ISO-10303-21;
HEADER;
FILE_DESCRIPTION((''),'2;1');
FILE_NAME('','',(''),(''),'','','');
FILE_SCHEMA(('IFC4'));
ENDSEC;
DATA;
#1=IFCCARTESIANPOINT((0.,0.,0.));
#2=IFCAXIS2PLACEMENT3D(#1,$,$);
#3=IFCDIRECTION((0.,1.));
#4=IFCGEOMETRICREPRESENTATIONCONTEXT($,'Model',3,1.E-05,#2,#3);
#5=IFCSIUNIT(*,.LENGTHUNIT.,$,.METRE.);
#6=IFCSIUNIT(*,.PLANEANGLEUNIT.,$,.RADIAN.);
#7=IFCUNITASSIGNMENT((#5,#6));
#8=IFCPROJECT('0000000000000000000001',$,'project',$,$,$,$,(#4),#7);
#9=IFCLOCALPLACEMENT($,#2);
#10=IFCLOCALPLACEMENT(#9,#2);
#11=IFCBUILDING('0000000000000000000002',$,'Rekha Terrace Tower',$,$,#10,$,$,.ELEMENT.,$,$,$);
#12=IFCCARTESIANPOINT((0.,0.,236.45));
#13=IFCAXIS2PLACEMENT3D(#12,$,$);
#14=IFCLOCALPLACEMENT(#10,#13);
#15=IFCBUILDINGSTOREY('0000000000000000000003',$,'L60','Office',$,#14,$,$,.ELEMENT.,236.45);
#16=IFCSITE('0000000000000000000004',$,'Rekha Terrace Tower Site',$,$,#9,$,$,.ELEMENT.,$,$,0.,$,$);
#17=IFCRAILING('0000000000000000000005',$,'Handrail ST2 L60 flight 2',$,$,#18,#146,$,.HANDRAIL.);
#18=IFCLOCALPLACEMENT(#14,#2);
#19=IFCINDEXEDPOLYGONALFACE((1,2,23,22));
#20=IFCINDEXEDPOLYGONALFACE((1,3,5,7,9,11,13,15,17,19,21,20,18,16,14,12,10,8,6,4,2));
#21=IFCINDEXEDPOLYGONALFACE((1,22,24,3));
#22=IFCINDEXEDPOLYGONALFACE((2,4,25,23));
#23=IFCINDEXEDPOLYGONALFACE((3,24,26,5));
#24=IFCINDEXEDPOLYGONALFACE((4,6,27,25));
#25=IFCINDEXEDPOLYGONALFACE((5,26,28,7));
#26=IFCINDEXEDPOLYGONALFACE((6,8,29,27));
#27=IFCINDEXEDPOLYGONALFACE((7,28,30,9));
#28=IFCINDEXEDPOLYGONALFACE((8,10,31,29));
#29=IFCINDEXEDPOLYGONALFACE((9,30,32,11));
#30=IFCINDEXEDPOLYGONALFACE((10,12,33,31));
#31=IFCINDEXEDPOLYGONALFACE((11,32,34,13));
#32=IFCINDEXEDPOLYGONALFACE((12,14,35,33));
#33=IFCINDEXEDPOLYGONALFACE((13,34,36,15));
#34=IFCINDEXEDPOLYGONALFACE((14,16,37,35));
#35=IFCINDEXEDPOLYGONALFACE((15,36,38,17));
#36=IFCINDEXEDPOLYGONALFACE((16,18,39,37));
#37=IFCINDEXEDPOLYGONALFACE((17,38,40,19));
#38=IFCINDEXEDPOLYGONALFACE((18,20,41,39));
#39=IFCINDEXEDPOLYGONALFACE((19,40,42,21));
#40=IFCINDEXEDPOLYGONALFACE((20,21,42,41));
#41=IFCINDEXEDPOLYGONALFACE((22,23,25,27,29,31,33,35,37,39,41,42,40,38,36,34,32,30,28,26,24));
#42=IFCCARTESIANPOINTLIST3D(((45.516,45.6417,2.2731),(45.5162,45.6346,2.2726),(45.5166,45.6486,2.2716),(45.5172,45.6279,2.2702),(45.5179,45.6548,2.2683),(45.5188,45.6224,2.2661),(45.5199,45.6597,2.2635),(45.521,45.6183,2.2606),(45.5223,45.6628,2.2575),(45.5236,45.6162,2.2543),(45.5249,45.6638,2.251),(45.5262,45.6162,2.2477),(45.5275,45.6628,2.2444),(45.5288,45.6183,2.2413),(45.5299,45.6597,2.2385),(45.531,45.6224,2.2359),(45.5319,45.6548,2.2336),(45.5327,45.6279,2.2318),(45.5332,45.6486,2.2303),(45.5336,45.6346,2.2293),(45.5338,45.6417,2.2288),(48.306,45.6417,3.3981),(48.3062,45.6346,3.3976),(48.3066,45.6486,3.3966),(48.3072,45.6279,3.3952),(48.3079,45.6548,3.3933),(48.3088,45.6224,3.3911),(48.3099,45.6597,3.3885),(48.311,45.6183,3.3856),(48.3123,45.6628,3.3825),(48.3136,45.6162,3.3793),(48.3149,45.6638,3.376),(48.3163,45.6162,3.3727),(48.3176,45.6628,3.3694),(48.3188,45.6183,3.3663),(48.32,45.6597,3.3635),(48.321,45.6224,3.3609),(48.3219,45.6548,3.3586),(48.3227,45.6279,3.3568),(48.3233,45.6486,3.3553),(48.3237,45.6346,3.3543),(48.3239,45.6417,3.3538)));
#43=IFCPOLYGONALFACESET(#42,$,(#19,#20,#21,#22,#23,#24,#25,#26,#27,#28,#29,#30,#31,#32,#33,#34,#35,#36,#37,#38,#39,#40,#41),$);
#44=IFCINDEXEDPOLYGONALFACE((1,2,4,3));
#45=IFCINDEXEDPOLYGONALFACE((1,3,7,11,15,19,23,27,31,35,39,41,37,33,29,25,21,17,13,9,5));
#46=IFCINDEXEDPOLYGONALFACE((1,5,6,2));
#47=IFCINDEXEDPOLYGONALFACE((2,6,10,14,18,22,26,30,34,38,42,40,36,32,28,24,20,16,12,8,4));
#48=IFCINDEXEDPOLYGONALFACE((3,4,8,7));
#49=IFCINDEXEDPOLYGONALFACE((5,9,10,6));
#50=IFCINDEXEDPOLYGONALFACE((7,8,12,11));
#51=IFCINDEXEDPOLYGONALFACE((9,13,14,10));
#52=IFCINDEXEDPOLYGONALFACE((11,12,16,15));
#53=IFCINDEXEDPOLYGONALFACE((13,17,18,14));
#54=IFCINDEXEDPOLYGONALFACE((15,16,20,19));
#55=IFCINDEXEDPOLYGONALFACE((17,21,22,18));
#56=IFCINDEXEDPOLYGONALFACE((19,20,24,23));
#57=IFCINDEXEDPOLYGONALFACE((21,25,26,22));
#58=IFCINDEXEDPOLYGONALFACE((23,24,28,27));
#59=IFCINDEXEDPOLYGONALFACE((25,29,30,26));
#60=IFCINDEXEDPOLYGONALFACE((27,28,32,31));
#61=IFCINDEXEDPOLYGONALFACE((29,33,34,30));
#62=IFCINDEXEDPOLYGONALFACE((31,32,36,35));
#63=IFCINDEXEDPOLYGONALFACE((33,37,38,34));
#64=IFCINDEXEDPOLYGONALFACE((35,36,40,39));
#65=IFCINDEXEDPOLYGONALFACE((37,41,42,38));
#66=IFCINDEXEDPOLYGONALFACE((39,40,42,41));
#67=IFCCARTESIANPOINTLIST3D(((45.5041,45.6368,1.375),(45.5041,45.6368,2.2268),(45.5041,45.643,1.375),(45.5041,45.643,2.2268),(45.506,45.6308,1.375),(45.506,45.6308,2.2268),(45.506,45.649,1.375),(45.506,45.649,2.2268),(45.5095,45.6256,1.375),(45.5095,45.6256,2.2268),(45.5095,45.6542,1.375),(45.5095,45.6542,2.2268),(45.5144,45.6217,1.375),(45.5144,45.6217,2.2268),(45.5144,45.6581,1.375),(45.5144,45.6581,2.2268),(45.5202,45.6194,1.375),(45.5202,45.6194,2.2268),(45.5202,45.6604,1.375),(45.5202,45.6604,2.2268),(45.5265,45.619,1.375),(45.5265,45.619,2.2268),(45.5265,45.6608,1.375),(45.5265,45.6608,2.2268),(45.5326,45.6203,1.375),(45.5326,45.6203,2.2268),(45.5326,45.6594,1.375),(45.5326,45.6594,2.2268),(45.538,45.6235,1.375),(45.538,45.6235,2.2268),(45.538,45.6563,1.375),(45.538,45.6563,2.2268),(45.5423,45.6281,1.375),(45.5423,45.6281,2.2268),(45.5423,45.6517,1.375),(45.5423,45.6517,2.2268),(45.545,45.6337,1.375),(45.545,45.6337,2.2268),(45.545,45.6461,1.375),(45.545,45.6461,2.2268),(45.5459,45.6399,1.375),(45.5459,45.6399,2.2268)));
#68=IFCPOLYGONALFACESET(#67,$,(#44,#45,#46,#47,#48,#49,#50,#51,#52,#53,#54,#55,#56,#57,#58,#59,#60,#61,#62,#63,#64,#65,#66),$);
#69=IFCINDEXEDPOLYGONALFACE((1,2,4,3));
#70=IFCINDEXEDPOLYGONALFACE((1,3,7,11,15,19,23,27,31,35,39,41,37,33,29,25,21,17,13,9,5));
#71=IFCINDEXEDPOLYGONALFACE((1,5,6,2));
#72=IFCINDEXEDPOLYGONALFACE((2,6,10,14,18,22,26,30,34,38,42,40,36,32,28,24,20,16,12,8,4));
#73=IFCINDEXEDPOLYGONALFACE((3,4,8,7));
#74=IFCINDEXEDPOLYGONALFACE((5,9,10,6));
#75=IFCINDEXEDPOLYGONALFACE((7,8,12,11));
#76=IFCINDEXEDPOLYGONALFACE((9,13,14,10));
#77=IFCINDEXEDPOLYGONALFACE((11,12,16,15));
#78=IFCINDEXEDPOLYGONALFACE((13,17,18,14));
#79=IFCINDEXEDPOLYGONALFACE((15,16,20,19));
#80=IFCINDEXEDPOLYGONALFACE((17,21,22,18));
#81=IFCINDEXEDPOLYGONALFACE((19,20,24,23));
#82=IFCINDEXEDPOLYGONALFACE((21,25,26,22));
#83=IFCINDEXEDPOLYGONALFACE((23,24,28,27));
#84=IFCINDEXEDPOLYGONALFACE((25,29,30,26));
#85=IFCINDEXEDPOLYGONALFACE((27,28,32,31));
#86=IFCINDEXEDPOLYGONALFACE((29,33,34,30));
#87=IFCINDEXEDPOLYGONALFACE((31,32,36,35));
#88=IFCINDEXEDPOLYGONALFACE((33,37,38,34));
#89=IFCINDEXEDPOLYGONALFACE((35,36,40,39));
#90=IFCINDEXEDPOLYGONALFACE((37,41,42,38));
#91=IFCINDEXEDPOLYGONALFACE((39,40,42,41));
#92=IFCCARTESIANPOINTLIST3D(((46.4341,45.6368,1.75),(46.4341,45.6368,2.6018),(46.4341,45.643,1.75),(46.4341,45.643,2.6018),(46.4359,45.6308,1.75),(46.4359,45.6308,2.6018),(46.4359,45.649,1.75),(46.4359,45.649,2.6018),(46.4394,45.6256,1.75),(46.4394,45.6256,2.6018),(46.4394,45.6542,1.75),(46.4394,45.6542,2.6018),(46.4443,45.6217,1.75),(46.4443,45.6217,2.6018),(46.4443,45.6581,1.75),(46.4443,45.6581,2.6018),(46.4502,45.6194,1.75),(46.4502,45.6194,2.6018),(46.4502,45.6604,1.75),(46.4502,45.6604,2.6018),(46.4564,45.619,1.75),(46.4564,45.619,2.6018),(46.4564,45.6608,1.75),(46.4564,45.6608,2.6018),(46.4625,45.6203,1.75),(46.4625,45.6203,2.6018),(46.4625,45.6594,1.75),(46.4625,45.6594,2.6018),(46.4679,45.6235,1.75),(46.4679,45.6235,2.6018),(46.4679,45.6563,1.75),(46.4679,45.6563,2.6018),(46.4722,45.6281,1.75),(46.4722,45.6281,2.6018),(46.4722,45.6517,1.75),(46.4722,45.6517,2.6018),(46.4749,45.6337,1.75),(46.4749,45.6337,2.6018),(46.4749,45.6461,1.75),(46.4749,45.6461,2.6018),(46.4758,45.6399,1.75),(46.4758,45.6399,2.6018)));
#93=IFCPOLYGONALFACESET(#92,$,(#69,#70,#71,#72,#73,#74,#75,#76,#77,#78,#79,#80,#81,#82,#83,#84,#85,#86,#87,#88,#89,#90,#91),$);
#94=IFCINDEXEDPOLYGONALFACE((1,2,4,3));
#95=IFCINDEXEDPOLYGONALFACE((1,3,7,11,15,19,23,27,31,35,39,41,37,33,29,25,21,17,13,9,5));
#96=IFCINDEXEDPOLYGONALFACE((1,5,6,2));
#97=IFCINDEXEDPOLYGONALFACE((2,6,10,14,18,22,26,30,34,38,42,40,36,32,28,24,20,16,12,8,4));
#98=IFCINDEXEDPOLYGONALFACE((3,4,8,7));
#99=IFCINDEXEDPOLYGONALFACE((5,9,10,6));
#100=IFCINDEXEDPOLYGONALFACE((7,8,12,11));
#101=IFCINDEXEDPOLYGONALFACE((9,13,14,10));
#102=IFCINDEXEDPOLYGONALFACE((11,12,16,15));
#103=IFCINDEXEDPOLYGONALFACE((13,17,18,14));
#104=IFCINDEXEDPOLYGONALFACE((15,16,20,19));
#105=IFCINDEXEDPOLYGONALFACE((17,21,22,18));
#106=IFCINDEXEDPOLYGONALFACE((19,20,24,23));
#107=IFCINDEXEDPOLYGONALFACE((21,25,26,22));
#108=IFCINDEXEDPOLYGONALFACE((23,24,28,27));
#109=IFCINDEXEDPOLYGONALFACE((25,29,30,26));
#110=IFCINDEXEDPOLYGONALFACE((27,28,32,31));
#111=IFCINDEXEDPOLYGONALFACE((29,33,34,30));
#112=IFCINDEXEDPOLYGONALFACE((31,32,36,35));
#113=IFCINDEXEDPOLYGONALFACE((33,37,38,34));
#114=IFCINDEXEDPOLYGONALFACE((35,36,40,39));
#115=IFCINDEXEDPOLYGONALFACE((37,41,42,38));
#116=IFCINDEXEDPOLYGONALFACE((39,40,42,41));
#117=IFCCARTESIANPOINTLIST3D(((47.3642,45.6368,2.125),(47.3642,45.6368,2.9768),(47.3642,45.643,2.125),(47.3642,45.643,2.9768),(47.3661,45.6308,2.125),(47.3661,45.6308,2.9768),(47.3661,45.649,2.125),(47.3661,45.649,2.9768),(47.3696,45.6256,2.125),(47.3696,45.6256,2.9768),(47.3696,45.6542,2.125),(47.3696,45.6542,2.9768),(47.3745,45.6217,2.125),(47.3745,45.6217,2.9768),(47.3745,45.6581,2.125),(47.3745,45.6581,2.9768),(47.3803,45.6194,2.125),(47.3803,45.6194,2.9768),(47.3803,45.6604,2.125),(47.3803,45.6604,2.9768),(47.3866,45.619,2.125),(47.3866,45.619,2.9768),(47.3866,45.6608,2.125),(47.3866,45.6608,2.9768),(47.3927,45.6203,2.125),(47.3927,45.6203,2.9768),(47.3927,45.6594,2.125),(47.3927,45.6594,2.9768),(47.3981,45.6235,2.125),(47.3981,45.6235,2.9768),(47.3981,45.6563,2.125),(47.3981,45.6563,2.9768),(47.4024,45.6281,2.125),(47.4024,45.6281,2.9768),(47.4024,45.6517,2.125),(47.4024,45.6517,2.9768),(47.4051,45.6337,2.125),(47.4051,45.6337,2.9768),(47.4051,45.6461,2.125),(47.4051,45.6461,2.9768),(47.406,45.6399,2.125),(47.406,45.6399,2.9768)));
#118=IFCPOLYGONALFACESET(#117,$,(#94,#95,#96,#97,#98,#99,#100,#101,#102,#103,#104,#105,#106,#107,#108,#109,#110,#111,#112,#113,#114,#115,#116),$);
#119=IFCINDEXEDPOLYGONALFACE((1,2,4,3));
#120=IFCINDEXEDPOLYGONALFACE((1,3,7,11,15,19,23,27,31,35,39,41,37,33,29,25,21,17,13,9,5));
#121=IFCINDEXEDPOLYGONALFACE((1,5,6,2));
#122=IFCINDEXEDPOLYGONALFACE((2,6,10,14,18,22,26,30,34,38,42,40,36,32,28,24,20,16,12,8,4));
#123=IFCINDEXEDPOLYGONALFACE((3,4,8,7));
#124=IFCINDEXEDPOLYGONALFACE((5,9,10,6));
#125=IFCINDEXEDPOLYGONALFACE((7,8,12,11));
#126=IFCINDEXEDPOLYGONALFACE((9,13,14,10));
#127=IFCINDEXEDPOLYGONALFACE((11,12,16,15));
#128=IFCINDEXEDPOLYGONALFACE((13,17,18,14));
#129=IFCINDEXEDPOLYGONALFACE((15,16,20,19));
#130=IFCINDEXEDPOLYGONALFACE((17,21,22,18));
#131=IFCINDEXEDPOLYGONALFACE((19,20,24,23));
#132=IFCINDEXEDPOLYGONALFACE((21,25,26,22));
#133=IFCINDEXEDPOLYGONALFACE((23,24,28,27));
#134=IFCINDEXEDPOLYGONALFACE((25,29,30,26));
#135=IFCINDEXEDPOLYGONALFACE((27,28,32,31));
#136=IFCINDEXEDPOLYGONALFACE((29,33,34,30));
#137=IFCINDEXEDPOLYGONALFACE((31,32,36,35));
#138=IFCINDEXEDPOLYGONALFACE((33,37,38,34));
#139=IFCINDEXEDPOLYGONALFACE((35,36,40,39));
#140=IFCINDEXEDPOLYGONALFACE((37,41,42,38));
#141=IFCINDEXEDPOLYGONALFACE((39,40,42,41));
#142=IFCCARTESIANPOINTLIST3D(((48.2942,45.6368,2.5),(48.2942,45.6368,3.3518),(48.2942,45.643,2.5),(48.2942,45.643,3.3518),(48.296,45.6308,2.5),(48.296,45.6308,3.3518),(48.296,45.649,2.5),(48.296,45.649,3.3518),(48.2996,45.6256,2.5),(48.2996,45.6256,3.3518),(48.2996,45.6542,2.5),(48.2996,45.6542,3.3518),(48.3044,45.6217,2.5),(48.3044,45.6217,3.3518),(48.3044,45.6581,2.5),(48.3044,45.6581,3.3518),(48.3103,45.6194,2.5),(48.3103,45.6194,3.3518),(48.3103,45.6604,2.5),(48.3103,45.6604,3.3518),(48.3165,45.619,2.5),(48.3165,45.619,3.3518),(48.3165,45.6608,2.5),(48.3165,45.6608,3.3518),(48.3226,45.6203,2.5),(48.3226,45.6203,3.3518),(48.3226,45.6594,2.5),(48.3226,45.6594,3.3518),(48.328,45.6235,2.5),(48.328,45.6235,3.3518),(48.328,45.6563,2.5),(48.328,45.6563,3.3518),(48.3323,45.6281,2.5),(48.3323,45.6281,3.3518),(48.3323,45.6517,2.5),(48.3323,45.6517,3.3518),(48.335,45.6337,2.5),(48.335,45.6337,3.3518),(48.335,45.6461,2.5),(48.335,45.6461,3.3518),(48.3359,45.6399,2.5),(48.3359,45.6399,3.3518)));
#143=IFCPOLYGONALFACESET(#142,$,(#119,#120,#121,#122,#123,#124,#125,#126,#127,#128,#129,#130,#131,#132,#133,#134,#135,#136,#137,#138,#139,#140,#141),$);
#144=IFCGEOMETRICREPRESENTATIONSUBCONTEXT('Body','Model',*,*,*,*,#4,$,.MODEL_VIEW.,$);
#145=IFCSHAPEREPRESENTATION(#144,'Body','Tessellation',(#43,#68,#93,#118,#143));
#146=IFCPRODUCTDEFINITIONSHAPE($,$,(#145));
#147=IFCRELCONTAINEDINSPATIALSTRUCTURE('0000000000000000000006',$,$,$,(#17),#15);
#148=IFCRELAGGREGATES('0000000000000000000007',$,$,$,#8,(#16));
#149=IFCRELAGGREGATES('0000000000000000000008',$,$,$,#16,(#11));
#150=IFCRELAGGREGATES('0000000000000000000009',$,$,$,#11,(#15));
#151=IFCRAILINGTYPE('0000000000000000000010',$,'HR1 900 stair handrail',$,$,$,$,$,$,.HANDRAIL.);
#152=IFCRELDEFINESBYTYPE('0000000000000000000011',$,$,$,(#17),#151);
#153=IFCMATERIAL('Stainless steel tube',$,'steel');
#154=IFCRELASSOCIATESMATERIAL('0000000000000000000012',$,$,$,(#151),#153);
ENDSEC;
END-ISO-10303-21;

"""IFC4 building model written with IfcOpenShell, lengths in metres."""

from ifc_helpers import new_model, si_unit, direction, frame, origin, origin_2d, place, context, subcontext, project, spatial, circle, extrude, material, type_object, element, save


model = new_model("IFC4")

# Units and contexts
model_context = context("Model", 3, precision=1e-05, world=origin(), true_north=direction((0.0, 1.0)))
body_context = subcontext(model_context, "Body", "Model", "MODEL_VIEW")
ifc_project = project(units=[si_unit("LENGTHUNIT", "METRE"), si_unit("PLANEANGLEUNIT", "RADIAN")], contexts=[model_context])

# Site, building, storey
site_placement = place(None, origin())
site = spatial("IfcSite", under=ifc_project, at=site_placement, Name="Rekha Terrace Tower Site", CompositionType="ELEMENT", RefElevation=0.0)
building_placement = place(site_placement, origin())
building = spatial("IfcBuilding", under=site, at=building_placement, Name="Rekha Terrace Tower", CompositionType="ELEMENT")
storey_placement = place(building_placement, frame((0.0, 0.0, 236.45)))
storey = spatial("IfcBuildingStorey", under=building, at=storey_placement, Name="L60", Description="Office", CompositionType="ELEMENT", Elevation=236.45)

# Railing
ifc_material_1 = material(Name="Stainless steel tube", Category="steel")
railing_type_1 = type_object("IfcRailingType", Name="HR1 900 stair handrail", PredefinedType="HANDRAIL", material=ifc_material_1)
railing_1_placement = place(storey_placement, frame((45.5249, 45.6399, 1.375)))
element("IfcRailing", 1, at=railing_1_placement, inside=storey, type_object=railing_type_1, Name="Handrail ST2 L60 flight 2", PredefinedType="HANDRAIL", context=body_context, shape_type="SweptSolid", body=[
    extrude(circle(Radius=0.0239, at=origin_2d()), frame((0.0, 0.0, 0.876), z_axis=(0.927443, 0.0, 0.373964), x_axis=(0.0, 1.0, 0.0)), (0.0, 0.0, 1.0), 3.0083),
    extrude(circle(Radius=0.021, at=origin_2d()), origin(), (0.0, 0.0, 1.0), 0.8518),
    extrude(circle(Radius=0.021, at=origin_2d()), frame((0.9299, 0.0, 0.375)), (0.0, 0.0, 1.0), 0.8518),
    extrude(circle(Radius=0.021, at=origin_2d()), frame((1.8601, 0.0, 0.75)), (0.0, 0.0, 1.0), 0.8518),
    extrude(circle(Radius=0.021, at=origin_2d()), frame((2.79, 0.0, 1.125)), (0.0, 0.0, 1.0), 0.8518),
])

save(model, "model.ifc")
